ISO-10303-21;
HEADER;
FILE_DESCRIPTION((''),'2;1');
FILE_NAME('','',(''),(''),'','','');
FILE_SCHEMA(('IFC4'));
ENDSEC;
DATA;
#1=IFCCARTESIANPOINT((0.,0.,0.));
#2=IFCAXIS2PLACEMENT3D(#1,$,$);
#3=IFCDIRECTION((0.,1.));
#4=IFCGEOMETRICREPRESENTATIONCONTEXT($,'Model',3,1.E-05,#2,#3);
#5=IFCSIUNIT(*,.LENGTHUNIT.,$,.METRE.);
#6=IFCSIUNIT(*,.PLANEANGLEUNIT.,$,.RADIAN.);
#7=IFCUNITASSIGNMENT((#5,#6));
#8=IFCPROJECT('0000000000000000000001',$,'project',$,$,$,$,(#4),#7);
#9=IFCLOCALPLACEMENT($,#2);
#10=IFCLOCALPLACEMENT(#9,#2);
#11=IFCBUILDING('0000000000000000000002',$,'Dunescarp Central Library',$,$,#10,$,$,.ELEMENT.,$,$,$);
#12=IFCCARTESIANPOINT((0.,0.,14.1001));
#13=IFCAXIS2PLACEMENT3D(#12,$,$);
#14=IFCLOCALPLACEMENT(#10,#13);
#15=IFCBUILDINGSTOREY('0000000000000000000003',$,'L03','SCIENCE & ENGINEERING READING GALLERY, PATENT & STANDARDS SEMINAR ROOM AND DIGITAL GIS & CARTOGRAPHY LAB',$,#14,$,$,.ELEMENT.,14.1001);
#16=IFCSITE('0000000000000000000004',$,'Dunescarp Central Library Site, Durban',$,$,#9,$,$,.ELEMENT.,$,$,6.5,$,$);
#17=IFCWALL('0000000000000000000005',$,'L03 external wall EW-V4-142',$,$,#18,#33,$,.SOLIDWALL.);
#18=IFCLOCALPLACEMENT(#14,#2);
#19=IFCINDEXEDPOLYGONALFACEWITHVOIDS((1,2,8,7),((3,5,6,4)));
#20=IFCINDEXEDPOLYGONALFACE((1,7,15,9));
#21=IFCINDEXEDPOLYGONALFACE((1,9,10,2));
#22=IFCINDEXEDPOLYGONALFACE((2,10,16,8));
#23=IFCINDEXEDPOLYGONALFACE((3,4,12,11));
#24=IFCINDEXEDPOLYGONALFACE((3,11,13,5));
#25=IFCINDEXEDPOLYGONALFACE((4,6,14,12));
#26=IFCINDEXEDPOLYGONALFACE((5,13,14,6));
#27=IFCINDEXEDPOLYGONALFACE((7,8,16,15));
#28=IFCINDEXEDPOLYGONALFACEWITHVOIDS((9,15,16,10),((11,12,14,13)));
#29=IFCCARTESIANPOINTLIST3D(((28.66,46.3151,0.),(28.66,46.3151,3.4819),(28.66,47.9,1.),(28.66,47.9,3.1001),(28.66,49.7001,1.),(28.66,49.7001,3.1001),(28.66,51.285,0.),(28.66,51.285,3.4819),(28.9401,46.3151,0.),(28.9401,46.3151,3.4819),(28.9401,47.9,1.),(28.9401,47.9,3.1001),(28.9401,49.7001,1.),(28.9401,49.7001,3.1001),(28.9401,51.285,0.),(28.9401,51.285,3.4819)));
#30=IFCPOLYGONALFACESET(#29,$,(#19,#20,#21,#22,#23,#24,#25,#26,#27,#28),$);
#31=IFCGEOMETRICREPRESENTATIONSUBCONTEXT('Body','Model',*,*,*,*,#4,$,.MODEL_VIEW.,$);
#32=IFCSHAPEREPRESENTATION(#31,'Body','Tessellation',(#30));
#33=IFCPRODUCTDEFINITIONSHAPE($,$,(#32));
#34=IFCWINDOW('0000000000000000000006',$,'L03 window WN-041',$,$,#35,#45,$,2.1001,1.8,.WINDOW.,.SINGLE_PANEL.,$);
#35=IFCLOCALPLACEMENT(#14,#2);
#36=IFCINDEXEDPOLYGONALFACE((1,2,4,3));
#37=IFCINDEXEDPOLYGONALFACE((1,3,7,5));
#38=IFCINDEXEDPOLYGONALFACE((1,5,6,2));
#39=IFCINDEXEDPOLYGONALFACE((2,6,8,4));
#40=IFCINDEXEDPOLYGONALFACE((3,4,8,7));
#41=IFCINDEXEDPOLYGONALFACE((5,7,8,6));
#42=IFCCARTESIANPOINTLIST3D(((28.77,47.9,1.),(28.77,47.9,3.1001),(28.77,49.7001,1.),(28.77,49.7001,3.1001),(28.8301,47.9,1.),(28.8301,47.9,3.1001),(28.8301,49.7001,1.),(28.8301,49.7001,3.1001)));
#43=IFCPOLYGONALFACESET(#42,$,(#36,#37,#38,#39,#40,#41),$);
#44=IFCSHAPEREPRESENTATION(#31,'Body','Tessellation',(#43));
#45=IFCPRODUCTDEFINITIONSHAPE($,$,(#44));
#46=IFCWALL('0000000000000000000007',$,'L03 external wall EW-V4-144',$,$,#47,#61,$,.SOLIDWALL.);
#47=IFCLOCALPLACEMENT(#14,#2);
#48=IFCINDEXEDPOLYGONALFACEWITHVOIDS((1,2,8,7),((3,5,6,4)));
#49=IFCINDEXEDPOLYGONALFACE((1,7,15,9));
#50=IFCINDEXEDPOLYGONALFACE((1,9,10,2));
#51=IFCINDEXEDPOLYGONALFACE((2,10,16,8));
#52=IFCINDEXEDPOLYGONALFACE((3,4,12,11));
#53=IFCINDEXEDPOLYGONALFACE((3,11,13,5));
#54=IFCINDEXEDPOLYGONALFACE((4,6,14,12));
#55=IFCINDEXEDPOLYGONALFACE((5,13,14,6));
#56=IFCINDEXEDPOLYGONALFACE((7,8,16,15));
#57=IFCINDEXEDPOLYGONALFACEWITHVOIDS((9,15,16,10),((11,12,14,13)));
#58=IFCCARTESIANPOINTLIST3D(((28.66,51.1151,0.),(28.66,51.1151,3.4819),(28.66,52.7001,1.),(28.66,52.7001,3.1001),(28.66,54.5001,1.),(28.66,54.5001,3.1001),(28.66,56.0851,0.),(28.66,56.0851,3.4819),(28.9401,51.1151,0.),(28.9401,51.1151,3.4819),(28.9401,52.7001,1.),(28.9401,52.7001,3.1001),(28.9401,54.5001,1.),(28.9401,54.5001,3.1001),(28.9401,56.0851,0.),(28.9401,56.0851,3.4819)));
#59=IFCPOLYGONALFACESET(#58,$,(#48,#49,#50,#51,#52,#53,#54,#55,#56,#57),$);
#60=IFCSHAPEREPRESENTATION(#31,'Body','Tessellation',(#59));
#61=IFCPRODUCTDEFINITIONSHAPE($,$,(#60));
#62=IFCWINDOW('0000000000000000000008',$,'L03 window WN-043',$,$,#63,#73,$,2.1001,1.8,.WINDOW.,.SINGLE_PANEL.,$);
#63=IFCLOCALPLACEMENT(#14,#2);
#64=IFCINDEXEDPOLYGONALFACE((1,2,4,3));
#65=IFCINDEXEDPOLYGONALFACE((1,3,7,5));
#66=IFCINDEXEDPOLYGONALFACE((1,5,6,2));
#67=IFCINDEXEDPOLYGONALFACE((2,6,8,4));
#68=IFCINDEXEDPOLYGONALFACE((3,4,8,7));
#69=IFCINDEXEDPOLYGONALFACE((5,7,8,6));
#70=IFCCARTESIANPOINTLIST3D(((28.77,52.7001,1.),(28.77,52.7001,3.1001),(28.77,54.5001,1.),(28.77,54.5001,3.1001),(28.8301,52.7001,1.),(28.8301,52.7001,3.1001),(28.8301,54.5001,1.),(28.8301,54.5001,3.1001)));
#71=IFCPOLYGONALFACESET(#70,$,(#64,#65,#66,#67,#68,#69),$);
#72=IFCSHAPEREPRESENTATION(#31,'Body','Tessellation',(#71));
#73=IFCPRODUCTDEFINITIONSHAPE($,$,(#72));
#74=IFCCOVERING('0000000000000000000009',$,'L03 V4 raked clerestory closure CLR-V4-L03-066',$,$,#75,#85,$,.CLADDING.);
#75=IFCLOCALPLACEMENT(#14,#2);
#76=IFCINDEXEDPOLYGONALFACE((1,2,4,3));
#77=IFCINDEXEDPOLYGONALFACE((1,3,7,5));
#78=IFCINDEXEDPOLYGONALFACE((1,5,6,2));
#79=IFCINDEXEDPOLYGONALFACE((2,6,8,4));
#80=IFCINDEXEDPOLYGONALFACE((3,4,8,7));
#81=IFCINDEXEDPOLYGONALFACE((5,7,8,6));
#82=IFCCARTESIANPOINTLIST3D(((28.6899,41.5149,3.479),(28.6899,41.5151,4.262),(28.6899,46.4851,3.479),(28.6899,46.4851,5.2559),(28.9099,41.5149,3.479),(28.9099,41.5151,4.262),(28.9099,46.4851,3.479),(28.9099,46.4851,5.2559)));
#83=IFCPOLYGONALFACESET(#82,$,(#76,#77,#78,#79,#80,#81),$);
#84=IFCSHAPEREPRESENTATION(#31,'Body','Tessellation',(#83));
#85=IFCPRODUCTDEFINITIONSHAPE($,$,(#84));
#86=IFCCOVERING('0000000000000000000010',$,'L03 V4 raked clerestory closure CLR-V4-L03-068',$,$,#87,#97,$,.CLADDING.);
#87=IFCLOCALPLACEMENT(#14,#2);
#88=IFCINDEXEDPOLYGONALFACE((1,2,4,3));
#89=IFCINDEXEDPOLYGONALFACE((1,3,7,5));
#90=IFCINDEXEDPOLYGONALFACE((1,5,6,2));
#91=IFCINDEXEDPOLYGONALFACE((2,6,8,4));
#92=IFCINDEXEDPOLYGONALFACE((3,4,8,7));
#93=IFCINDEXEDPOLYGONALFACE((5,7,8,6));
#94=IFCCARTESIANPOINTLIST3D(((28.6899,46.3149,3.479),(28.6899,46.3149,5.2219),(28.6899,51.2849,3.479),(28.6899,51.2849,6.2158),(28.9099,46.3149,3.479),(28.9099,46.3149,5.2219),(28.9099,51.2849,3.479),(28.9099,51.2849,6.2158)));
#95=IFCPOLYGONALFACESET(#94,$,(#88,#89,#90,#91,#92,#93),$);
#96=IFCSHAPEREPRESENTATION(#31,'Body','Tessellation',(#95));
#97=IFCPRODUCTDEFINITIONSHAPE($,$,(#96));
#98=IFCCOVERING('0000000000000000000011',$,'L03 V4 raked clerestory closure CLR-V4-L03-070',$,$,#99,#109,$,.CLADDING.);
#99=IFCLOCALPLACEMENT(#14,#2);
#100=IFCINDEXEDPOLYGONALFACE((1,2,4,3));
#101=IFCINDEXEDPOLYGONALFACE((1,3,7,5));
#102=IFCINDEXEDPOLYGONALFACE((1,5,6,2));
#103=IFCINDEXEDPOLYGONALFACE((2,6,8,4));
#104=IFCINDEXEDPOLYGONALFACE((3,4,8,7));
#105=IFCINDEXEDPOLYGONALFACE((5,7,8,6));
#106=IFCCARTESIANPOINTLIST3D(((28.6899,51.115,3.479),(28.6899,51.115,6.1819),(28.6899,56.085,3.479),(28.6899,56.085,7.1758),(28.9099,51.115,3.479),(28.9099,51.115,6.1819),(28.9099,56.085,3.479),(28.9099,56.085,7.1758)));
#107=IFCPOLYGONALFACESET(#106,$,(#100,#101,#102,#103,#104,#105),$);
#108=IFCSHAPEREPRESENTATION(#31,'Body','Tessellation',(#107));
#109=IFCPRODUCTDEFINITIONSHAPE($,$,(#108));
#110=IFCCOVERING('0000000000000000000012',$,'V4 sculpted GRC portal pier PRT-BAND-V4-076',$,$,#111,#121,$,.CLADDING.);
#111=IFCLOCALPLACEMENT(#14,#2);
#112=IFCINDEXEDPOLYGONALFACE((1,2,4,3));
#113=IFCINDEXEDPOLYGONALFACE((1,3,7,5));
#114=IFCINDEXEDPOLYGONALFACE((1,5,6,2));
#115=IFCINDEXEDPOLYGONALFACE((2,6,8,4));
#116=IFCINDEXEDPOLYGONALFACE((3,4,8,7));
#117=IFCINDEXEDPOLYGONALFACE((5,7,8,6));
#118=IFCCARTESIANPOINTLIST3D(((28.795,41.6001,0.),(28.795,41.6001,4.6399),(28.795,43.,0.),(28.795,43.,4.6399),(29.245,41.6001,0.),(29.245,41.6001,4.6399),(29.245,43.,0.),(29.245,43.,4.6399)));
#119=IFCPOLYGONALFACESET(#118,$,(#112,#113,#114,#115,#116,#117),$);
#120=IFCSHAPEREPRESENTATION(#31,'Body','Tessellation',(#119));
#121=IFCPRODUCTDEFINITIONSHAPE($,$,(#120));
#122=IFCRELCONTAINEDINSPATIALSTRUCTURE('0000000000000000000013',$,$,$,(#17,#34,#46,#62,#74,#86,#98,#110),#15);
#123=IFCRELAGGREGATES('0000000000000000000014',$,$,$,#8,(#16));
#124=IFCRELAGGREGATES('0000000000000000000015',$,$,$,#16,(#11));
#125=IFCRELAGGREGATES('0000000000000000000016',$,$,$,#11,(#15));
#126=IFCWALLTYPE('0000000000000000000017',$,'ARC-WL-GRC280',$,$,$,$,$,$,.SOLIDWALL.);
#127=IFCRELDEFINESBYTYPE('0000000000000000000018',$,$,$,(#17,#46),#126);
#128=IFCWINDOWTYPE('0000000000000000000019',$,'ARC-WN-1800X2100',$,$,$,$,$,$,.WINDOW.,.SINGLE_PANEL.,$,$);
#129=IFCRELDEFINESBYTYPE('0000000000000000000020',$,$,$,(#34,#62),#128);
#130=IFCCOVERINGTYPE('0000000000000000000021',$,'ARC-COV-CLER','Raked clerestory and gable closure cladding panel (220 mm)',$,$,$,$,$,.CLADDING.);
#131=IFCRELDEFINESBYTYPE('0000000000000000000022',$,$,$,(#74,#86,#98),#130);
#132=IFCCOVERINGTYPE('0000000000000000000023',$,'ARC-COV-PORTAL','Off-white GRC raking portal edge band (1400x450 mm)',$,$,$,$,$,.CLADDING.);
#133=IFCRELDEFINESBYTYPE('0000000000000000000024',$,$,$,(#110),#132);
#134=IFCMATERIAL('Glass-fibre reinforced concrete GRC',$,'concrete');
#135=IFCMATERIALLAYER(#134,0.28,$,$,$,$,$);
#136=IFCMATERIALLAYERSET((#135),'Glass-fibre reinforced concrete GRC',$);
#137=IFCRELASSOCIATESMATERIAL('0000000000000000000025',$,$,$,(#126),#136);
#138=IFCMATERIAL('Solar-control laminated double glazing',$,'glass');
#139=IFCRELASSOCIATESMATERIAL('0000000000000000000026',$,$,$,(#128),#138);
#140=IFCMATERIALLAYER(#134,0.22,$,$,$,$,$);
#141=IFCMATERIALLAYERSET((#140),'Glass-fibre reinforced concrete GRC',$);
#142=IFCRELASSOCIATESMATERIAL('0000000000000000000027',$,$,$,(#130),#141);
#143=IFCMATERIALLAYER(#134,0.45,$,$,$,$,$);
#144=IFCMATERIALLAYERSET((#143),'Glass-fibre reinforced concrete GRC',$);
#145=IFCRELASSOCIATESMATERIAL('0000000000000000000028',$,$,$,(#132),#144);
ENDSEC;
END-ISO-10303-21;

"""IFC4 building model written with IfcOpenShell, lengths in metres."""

from ifc_helpers import new_model, si_unit, direction, frame, frame_2d, origin, origin_2d, place, context, subcontext, project, spatial, polyline, rectangle, outline, extrude, material, layer, layer_set, type_object, element, fill, save


model = new_model("IFC4")

# Units and contexts
model_context = context("Model", 3, precision=1e-05, world=origin(), true_north=direction((0.0, 1.0)))
body_context = subcontext(model_context, "Body", "Model", "MODEL_VIEW")
ifc_project = project(units=[si_unit("LENGTHUNIT", "METRE"), si_unit("PLANEANGLEUNIT", "RADIAN")], contexts=[model_context])

# Site, building, storey
site_placement = place(None, origin())
site = spatial("IfcSite", under=ifc_project, at=site_placement, Name="Dunescarp Central Library Site, Durban", CompositionType="ELEMENT", RefElevation=6.5)
building_placement = place(site_placement, origin())
building = spatial("IfcBuilding", under=site, at=building_placement, Name="Dunescarp Central Library", CompositionType="ELEMENT")
storey_placement = place(building_placement, frame((0.0, 0.0, 14.1001)))
storey = spatial("IfcBuildingStorey", under=building, at=storey_placement, Name="L03", Description="SCIENCE & ENGINEERING READING GALLERY, PATENT & STANDARDS SEMINAR ROOM AND DIGITAL GIS & CARTOGRAPHY LAB", CompositionType="ELEMENT", Elevation=14.1001)

# Walls, openings, windows
ifc_material_1 = material(Name="Glass-fibre reinforced concrete GRC", Category="concrete")
ifc_layer_1 = layer(ifc_material_1, 0.28)
ifc_layer_set_1 = layer_set([ifc_layer_1], Name="Glass-fibre reinforced concrete GRC")
wall_type_1 = type_object("IfcWallType", Name="ARC-WL-GRC280", PredefinedType="SOLIDWALL", material=ifc_layer_set_1)
ifc_material_2 = material(Name="Solar-control laminated double glazing", Category="glass")
window_type = type_object("IfcWindowType", Name="ARC-WN-1800X2100", PartitioningType="SINGLE_PANEL", PredefinedType="WINDOW", material=ifc_material_2)
wall_1_placement = place(storey_placement, frame((28.8, 51.2849, 0.0), z_axis=(0.0, 0.0, 1.0), x_axis=(0.0, -1.0, 0.0)))
wall_1 = element("IfcWall", 1, at=wall_1_placement, inside=storey, type_object=wall_type_1, Name="L03 external wall EW-V4-142", PredefinedType="SOLIDWALL", context=body_context, shape_type="SweptSolid", body=[
    extrude(rectangle(XDim=4.97, YDim=0.28, at=frame_2d((2.4849, 0.0))), origin(), (0.0, 0.0, 1.0), 3.4819),
])
opening_1_placement = place(wall_1_placement, frame((1.585, 0.0, 1.0)))
opening_1 = element("IfcOpeningElement", 2, at=opening_1_placement, cuts=wall_1, PredefinedType="OPENING", context=body_context, shape_type="SweptSolid", body=[
    extrude(rectangle(XDim=1.8, YDim=2.1001, at=frame_2d((0.8999, 1.05))), frame((0.0, 0.1499, 0.0), z_axis=(0.0, -1.0, 0.0), x_axis=(1.0, 0.0, 0.0)), (0.0, 0.0, 1.0), 0.3),
])
window_1_placement = place(opening_1_placement, origin())
window_1 = element("IfcWindow", 3, at=window_1_placement, inside=storey, type_object=window_type, Name="L03 window WN-041", OverallHeight=2.1001, OverallWidth=1.8, PartitioningType="SINGLE_PANEL", PredefinedType="WINDOW", context=body_context, shape_type="SweptSolid", body=[
    extrude(rectangle(XDim=1.8, YDim=2.1001, at=frame_2d((0.8999, 1.05))), frame((0.0, 0.03, 0.0), z_axis=(0.0, -1.0, 0.0), x_axis=(1.0, 0.0, 0.0)), (0.0, 0.0, 1.0), 0.0601),
])
fill(opening_1, window_1)
wall_2_placement = place(storey_placement, frame((28.8, 56.085, 0.0), z_axis=(0.0, 0.0, 1.0), x_axis=(0.0, -1.0, 0.0)))
wall_2 = element("IfcWall", 4, at=wall_2_placement, inside=storey, type_object=wall_type_1, Name="L03 external wall EW-V4-144", PredefinedType="SOLIDWALL", context=body_context, shape_type="SweptSolid", body=[
    extrude(rectangle(XDim=4.97, YDim=0.28, at=frame_2d((2.4849, 0.0))), origin(), (0.0, 0.0, 1.0), 3.4819),
])
opening_2_placement = place(wall_2_placement, frame((1.585, 0.0, 1.0)))
opening_2 = element("IfcOpeningElement", 5, at=opening_2_placement, cuts=wall_2, PredefinedType="OPENING", context=body_context, shape_type="SweptSolid", body=[
    extrude(rectangle(XDim=1.8, YDim=2.1001, at=frame_2d((0.8999, 1.05))), frame((0.0, 0.1499, 0.0), z_axis=(0.0, -1.0, 0.0), x_axis=(1.0, 0.0, 0.0)), (0.0, 0.0, 1.0), 0.3),
])
window_2_placement = place(opening_2_placement, origin())
window_2 = element("IfcWindow", 6, at=window_2_placement, inside=storey, type_object=window_type, Name="L03 window WN-043", OverallHeight=2.1001, OverallWidth=1.8, PartitioningType="SINGLE_PANEL", PredefinedType="WINDOW", context=body_context, shape_type="SweptSolid", body=[
    extrude(rectangle(XDim=1.8, YDim=2.1001, at=frame_2d((0.8999, 1.05))), frame((0.0, 0.03, 0.0), z_axis=(0.0, -1.0, 0.0), x_axis=(1.0, 0.0, 0.0)), (0.0, 0.0, 1.0), 0.0601),
])
fill(opening_2, window_2)

# Coverings
ifc_layer_2 = layer(ifc_material_1, 0.22)
ifc_layer_set_2 = layer_set([ifc_layer_2], Name="Glass-fibre reinforced concrete GRC")
covering_type_1 = type_object("IfcCoveringType", Name="ARC-COV-CLER", Description="Raked clerestory and gable closure cladding panel (220 mm)", PredefinedType="CLADDING", material=ifc_layer_set_2)
covering_1_placement = place(storey_placement, frame((28.8, 46.4851, 3.479), z_axis=(0.0, 0.0, 1.0), x_axis=(0.0, -1.0, 0.0)))
element("IfcCovering", 7, at=covering_1_placement, inside=storey, type_object=covering_type_1, Name="L03 V4 raked clerestory closure CLR-V4-L03-066", PredefinedType="CLADDING", context=body_context, shape_type="SweptSolid", body=[
    extrude(outline(polyline([(0.0, 0.0), (4.9702, 0.0), (4.97, 0.783), (0.0, 1.7769), (0.0, 0.0)])), frame((0.0, 0.1099, 0.0), z_axis=(0.0, -1.0, 0.0), x_axis=(1.0, 0.0, 0.0)), (0.0, 0.0, 1.0), 0.22),
])
covering_2_placement = place(storey_placement, frame((28.8, 51.2849, 3.479), z_axis=(0.0, 0.0, 1.0), x_axis=(0.0, -1.0, 0.0)))
element("IfcCovering", 8, at=covering_2_placement, inside=storey, type_object=covering_type_1, Name="L03 V4 raked clerestory closure CLR-V4-L03-068", PredefinedType="CLADDING", context=body_context, shape_type="SweptSolid", body=[
    extrude(outline(polyline([(0.0, 0.0), (4.97, 0.0), (4.97, 1.7429), (0.0, 2.7368), (0.0, 0.0)])), frame((0.0, 0.1099, 0.0), z_axis=(0.0, -1.0, 0.0), x_axis=(1.0, 0.0, 0.0)), (0.0, 0.0, 1.0), 0.22),
])
covering_3_placement = place(storey_placement, frame((28.8, 56.085, 3.479), z_axis=(0.0, 0.0, 1.0), x_axis=(0.0, -1.0, 0.0)))
element("IfcCovering", 9, at=covering_3_placement, inside=storey, type_object=covering_type_1, Name="L03 V4 raked clerestory closure CLR-V4-L03-070", PredefinedType="CLADDING", context=body_context, shape_type="SweptSolid", body=[
    extrude(outline(polyline([(0.0, 0.0), (4.97, 0.0), (4.97, 2.7029), (0.0, 3.6968), (0.0, 0.0)])), frame((0.0, 0.1099, 0.0), z_axis=(0.0, -1.0, 0.0), x_axis=(1.0, 0.0, 0.0)), (0.0, 0.0, 1.0), 0.22),
])
ifc_layer_3 = layer(ifc_material_1, 0.45)
ifc_layer_set_3 = layer_set([ifc_layer_3], Name="Glass-fibre reinforced concrete GRC")
covering_type_2 = type_object("IfcCoveringType", Name="ARC-COV-PORTAL", Description="Off-white GRC raking portal edge band (1400x450 mm)", PredefinedType="CLADDING", material=ifc_layer_set_3)
covering_4_placement = place(storey_placement, frame((29.02, 42.3, 0.0), z_axis=(0.0, 0.0, 1.0), x_axis=(1.0, 0.0, 0.0)))
element("IfcCovering", 10, at=covering_4_placement, inside=storey, type_object=covering_type_2, Name="V4 sculpted GRC portal pier PRT-BAND-V4-076", PredefinedType="CLADDING", context=body_context, shape_type="SweptSolid", body=[
    extrude(rectangle(XDim=0.45, YDim=1.3999, at=origin_2d()), origin(), (0.0, 0.0, 1.0), 4.6399),
])

save(model, "model.ifc")
